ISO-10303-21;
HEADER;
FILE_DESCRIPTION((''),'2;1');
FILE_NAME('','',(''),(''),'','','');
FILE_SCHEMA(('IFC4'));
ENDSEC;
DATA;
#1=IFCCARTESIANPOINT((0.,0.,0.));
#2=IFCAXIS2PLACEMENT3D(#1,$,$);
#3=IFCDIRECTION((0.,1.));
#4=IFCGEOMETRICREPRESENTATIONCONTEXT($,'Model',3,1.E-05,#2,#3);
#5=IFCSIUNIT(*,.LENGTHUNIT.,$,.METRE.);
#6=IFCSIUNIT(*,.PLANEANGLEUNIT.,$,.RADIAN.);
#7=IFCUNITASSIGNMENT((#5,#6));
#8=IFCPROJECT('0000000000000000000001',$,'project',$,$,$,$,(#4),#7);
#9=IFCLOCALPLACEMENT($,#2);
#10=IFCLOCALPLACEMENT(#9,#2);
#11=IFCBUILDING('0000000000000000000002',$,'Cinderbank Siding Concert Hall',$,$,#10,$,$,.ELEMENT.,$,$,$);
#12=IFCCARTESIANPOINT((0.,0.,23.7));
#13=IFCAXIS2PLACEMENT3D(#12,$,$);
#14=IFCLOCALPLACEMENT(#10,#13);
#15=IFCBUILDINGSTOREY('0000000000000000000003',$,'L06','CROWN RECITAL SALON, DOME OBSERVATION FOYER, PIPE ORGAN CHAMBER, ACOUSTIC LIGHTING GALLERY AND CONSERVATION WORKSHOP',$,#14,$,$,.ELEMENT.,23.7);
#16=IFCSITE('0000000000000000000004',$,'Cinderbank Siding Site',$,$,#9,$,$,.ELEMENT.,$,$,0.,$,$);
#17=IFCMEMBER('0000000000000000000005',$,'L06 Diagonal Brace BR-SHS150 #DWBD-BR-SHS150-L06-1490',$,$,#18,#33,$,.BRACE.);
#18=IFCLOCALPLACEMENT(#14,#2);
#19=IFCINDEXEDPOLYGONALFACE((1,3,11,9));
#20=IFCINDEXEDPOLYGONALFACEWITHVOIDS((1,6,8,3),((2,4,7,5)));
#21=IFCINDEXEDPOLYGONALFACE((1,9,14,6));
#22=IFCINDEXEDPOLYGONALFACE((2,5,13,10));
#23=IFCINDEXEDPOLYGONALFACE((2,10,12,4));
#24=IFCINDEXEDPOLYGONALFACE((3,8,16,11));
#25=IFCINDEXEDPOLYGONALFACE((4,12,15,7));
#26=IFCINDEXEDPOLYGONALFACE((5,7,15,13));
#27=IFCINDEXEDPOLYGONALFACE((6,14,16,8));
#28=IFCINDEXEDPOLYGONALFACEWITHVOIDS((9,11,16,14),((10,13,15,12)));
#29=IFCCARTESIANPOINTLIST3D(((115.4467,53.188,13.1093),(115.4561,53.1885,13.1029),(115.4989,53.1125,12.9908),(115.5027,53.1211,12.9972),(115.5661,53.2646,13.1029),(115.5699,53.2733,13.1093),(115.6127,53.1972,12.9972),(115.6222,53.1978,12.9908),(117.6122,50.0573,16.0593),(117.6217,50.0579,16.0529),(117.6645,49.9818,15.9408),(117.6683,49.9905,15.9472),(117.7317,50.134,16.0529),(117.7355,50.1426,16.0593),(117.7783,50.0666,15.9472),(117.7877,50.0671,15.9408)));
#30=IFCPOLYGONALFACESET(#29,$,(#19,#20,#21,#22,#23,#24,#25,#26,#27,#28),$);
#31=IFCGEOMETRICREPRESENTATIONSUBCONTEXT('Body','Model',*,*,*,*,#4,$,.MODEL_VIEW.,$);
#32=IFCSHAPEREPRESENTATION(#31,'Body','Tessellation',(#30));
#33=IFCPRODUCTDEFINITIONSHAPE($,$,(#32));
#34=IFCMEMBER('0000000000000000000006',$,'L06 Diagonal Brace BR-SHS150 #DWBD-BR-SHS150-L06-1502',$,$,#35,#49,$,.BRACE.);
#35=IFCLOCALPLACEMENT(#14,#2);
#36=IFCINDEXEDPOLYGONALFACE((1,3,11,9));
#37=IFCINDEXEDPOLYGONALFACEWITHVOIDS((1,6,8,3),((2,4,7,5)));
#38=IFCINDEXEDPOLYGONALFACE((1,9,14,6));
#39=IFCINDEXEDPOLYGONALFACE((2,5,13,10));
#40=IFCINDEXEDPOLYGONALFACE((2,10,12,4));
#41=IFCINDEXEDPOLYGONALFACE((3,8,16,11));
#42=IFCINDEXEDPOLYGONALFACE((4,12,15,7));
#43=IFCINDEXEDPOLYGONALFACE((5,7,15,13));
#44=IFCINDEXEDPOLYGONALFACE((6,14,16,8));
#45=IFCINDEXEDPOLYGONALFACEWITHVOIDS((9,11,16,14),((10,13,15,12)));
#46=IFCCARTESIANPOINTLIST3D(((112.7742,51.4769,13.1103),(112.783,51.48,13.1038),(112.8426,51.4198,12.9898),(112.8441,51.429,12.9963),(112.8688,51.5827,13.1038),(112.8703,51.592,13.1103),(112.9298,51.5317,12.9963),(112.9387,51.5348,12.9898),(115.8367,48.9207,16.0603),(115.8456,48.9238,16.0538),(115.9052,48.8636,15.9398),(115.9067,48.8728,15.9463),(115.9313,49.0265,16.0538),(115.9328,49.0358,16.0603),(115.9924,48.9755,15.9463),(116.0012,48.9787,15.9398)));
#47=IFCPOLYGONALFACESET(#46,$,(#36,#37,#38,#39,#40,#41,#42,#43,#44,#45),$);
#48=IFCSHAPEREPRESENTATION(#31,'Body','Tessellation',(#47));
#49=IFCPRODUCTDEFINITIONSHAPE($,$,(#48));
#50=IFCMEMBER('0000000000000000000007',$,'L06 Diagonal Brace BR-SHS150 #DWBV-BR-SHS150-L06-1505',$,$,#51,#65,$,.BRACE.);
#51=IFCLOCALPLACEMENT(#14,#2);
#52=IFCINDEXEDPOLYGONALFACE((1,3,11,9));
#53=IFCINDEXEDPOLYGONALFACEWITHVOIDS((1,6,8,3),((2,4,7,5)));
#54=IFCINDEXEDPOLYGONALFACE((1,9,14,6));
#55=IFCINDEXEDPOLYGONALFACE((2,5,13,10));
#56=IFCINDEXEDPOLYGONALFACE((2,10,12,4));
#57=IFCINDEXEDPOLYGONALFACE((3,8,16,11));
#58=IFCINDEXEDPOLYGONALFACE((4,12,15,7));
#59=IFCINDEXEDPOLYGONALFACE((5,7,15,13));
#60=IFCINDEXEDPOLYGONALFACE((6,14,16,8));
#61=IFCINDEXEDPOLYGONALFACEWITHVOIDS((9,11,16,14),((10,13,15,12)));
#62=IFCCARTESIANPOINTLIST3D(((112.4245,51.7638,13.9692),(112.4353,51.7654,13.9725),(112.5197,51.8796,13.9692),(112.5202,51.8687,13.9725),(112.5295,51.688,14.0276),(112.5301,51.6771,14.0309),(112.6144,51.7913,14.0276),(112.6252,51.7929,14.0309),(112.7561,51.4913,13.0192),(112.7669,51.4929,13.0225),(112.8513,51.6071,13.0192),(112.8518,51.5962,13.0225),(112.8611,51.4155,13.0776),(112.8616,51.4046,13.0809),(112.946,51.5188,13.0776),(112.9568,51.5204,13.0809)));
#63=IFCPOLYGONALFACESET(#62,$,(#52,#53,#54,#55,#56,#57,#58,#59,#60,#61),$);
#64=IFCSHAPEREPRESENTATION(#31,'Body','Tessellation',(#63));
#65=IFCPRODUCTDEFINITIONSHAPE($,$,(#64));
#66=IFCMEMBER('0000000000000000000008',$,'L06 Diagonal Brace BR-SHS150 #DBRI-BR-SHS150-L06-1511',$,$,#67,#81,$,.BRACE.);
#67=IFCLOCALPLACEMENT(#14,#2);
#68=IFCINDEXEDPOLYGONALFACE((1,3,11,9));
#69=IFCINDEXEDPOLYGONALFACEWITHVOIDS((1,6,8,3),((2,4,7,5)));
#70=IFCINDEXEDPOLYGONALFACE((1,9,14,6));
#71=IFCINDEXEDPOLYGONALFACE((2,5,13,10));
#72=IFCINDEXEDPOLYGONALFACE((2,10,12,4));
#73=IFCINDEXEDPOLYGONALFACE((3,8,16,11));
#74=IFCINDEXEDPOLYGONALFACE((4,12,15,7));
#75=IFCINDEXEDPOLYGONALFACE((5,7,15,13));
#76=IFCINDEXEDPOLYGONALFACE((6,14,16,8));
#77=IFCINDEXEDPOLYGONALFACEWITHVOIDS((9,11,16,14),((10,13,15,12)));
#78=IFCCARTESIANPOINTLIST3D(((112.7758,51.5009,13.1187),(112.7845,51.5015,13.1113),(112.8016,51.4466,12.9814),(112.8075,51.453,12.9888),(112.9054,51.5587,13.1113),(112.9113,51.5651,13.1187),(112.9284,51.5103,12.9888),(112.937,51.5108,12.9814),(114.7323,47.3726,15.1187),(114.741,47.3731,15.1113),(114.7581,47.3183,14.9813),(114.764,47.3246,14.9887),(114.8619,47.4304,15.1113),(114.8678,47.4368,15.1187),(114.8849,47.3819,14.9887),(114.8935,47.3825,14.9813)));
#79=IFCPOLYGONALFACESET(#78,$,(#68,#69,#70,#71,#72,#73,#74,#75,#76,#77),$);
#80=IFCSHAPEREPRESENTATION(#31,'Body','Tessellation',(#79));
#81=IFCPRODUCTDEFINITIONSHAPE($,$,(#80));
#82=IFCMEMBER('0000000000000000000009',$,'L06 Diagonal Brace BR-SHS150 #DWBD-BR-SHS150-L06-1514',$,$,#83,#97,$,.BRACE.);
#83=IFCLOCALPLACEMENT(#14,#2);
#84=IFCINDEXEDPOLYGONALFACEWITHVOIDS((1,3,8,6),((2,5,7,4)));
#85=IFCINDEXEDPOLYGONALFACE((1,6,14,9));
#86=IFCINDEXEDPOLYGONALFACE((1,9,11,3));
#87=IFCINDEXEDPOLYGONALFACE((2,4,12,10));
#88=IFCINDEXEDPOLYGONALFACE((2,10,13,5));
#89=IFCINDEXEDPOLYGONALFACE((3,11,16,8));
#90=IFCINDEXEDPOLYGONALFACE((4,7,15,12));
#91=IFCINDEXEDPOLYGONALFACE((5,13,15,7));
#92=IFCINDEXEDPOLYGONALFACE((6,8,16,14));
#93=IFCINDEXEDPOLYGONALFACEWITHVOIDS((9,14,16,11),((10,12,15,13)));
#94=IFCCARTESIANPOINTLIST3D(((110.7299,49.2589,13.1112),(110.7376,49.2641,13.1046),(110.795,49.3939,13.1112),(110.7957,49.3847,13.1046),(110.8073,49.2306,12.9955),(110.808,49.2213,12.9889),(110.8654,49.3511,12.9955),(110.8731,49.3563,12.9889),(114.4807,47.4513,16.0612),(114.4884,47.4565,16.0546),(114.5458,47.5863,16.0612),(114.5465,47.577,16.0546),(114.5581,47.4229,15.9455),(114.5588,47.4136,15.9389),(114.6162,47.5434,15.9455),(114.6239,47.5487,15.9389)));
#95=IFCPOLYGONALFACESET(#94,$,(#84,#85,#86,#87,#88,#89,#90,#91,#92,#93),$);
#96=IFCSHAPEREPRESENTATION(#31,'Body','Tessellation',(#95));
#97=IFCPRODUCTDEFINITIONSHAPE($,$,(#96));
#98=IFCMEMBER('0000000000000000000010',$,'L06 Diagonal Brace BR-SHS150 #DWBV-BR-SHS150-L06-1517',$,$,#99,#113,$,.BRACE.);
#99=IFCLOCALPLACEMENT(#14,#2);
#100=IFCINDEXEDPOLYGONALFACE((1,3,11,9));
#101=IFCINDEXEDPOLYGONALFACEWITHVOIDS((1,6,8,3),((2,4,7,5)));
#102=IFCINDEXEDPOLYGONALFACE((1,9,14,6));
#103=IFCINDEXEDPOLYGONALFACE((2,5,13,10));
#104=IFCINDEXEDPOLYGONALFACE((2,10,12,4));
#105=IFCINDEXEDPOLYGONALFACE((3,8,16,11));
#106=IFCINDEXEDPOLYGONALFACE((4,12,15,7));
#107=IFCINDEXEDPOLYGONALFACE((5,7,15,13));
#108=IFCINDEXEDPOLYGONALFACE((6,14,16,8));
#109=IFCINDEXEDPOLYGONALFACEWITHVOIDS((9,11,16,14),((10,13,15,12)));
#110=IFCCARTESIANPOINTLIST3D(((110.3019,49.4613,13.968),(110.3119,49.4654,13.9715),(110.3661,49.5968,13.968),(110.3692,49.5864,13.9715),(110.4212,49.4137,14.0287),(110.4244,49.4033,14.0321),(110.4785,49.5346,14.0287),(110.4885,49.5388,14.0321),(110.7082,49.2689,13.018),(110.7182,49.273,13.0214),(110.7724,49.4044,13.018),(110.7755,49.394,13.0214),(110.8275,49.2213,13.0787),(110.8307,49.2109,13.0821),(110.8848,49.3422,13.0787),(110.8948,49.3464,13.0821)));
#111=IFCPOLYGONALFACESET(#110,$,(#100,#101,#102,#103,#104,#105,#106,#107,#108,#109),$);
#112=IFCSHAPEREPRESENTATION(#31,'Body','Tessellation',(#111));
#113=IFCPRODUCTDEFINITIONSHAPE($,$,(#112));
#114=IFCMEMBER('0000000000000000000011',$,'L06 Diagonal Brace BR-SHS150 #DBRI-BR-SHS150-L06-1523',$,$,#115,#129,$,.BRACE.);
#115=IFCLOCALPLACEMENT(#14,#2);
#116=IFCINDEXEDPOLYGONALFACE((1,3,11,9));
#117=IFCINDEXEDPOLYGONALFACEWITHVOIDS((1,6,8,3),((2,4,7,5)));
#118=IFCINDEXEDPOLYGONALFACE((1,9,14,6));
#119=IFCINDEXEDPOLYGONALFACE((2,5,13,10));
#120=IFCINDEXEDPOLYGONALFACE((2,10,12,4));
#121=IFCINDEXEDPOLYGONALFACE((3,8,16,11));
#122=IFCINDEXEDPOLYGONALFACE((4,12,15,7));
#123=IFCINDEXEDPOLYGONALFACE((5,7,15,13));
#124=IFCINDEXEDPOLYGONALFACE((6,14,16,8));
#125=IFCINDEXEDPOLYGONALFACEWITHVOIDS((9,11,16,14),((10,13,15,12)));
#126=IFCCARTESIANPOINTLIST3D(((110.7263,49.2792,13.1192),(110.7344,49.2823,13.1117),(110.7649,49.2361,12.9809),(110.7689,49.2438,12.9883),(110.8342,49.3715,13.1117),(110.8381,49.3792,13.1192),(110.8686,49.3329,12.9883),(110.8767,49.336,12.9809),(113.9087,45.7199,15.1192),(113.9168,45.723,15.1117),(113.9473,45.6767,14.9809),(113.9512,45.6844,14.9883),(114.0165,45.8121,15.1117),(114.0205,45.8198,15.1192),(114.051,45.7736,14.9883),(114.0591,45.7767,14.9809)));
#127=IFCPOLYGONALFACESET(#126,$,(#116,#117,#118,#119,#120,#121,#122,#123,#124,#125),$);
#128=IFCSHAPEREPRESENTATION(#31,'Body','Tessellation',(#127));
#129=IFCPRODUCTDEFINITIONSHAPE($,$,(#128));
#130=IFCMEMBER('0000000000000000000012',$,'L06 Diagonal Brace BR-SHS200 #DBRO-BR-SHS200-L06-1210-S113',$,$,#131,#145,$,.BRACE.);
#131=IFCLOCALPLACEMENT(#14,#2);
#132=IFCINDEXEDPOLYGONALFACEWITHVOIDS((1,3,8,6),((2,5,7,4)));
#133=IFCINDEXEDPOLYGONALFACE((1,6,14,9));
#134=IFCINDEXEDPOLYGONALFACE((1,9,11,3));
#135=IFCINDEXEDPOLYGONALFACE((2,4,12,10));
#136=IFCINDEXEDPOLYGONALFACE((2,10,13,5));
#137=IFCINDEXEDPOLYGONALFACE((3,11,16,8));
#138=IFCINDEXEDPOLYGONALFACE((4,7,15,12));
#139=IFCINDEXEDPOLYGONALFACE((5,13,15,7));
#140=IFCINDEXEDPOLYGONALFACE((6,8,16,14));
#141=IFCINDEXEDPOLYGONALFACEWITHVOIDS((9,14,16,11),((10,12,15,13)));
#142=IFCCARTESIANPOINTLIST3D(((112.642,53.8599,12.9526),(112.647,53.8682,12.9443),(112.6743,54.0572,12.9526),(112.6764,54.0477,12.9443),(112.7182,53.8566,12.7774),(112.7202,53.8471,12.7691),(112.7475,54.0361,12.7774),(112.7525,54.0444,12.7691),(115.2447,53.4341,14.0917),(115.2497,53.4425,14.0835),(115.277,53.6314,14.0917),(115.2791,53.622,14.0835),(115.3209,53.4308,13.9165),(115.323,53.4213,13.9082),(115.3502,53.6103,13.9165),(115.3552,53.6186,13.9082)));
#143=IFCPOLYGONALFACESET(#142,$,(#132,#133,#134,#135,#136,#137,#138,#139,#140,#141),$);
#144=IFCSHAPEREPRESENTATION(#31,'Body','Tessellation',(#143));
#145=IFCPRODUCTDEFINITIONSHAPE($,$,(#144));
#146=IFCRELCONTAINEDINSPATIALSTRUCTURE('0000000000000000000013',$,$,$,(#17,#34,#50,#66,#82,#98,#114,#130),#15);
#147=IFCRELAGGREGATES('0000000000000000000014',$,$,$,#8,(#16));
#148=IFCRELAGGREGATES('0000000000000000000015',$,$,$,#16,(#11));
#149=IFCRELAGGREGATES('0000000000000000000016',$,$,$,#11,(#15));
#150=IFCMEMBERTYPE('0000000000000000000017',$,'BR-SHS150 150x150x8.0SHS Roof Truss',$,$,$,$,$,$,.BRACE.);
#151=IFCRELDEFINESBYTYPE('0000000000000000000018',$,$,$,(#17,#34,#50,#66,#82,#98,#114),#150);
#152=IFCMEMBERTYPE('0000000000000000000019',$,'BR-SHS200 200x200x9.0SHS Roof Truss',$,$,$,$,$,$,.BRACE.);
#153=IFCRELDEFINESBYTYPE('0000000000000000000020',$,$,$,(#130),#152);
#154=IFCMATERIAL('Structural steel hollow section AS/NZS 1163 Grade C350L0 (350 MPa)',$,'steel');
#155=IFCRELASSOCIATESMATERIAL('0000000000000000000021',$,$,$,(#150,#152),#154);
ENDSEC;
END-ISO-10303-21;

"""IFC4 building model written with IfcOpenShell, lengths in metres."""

from ifc_helpers import new_model, si_unit, direction, frame, origin, origin_2d, place, context, subcontext, project, spatial, hollow_rectangle, extrude, material, material_profile, profile_set, type_object, element, save


model = new_model("IFC4")

# Units and contexts
model_context = context("Model", 3, precision=1e-05, world=origin(), true_north=direction((0.0, 1.0)))
body_context = subcontext(model_context, "Body", "Model", "MODEL_VIEW")
ifc_project = project(units=[si_unit("LENGTHUNIT", "METRE"), si_unit("PLANEANGLEUNIT", "RADIAN")], contexts=[model_context])

# Site, building, storey
site_placement = place(None, origin())
site = spatial("IfcSite", under=ifc_project, at=site_placement, Name="Cinderbank Siding Site", CompositionType="ELEMENT", RefElevation=0.0)
building_placement = place(site_placement, origin())
building = spatial("IfcBuilding", under=site, at=building_placement, Name="Cinderbank Siding Concert Hall", CompositionType="ELEMENT")
storey_placement = place(building_placement, frame((0.0, 0.0, 23.7)))
storey = spatial("IfcBuildingStorey", under=building, at=storey_placement, Name="L06", Description="CROWN RECITAL SALON, DOME OBSERVATION FOYER, PIPE ORGAN CHAMBER, ACOUSTIC LIGHTING GALLERY AND CONSERVATION WORKSHOP", CompositionType="ELEMENT", Elevation=23.7)

# Members
ifc_material_1 = material(Name="Structural steel hollow section AS/NZS 1163 Grade C350L0 (350 MPa)", Category="steel")
ifc_material_profile_1 = material_profile(ifc_material_1, hollow_rectangle(XDim=0.1499, YDim=0.1499, WallThickness=0.0081, at=origin_2d()), Name="150x150x8.0SHS", Category="LoadBearing")
ifc_profile_set_1 = profile_set([ifc_material_profile_1], Name="Structural steel hollow section AS/NZS 1163 Grade C350L0 (350 MPa)")
member_type_1 = type_object("IfcMemberType", Name="BR-SHS150 150x150x8.0SHS Roof Truss", PredefinedType="BRACE", material=ifc_profile_set_1)
member_1_placement = place(storey_placement, frame((115.5344, 53.1929, 13.05), z_axis=(0.449666, -0.650064, 0.61255), x_axis=(0.822416, 0.568886, 0.0)))
element("IfcMember", 1, at=member_1_placement, inside=storey, type_object=member_type_1, Name="L06 Diagonal Brace BR-SHS150 #DWBD-BR-SHS150-L06-1490", PredefinedType="BRACE", context=body_context, shape_type="SweptSolid", body=[
    extrude(hollow_rectangle(XDim=0.1499, YDim=0.1499, WallThickness=0.0081, at=origin_2d()), origin(), (0.0, 0.0, 1.0), 4.8159),
])
member_2_placement = place(storey_placement, frame((112.8564, 51.5059, 13.05), z_axis=(0.617271, -0.515213, 0.594586), x_axis=(0.640786, 0.767719, 0.0)))
element("IfcMember", 2, at=member_2_placement, inside=storey, type_object=member_type_1, Name="L06 Diagonal Brace BR-SHS150 #DWBD-BR-SHS150-L06-1502", PredefinedType="BRACE", context=body_context, shape_type="SweptSolid", body=[
    extrude(hollow_rectangle(XDim=0.1499, YDim=0.1499, WallThickness=0.0081, at=origin_2d()), origin(), (0.0, 0.0, 1.0), 4.9614),
])
member_3_placement = place(storey_placement, frame((112.8564, 51.5059, 13.05), z_axis=(-0.318062, 0.261383, 0.911326), x_axis=(-0.634909, -0.772587, 0.0)))
element("IfcMember", 3, at=member_3_placement, inside=storey, type_object=member_type_1, Name="L06 Diagonal Brace BR-SHS150 #DWBV-BR-SHS150-L06-1505", PredefinedType="BRACE", context=body_context, shape_type="SweptSolid", body=[
    extrude(hollow_rectangle(XDim=0.1499, YDim=0.1499, WallThickness=0.0081, at=origin_2d()), origin(), (0.0, 0.0, 1.0), 1.0425),
])
member_4_placement = place(storey_placement, frame((112.8564, 51.5059, 13.05), z_axis=(0.392315, -0.827807, 0.401029), x_axis=(0.903655, 0.428261, 0.0)))
element("IfcMember", 4, at=member_4_placement, inside=storey, type_object=member_type_1, Name="L06 Diagonal Brace BR-SHS150 #DBRI-BR-SHS150-L06-1511", PredefinedType="BRACE", context=body_context, shape_type="SweptSolid", body=[
    extrude(hollow_rectangle(XDim=0.1499, YDim=0.1499, WallThickness=0.0081, at=origin_2d()), origin(), (0.0, 0.0, 1.0), 4.9871),
])
member_5_placement = place(storey_placement, frame((110.8015, 49.3076, 13.05), z_axis=(0.735047, -0.354246, 0.578114), x_axis=(0.434149, 0.900841, 0.0)))
element("IfcMember", 5, at=member_5_placement, inside=storey, type_object=member_type_1, Name="L06 Diagonal Brace BR-SHS150 #DWBD-BR-SHS150-L06-1514", PredefinedType="BRACE", context=body_context, shape_type="SweptSolid", body=[
    extrude(hollow_rectangle(XDim=0.1499, YDim=0.1499, WallThickness=0.0081, at=origin_2d()), origin(), (0.0, 0.0, 1.0), 5.1028),
])
member_6_placement = place(storey_placement, frame((110.8015, 49.3076, 13.05), z_axis=(-0.386562, 0.183059, 0.903913), x_axis=(-0.427993, -0.903782, 0.0)))
element("IfcMember", 6, at=member_6_placement, inside=storey, type_object=member_type_1, Name="L06 Diagonal Brace BR-SHS150 #DWBV-BR-SHS150-L06-1517", PredefinedType="BRACE", context=body_context, shape_type="SweptSolid", body=[
    extrude(hollow_rectangle(XDim=0.1499, YDim=0.1499, WallThickness=0.0081, at=origin_2d()), origin(), (0.0, 0.0, 1.0), 1.051),
])
member_7_placement = place(storey_placement, frame((110.8015, 49.3076, 13.05), z_axis=(0.614771, -0.687591, 0.38636), x_axis=(0.745479, 0.666529, 0.0)))
element("IfcMember", 7, at=member_7_placement, inside=storey, type_object=member_type_1, Name="L06 Diagonal Brace BR-SHS150 #DBRI-BR-SHS150-L06-1523", PredefinedType="BRACE", context=body_context, shape_type="SweptSolid", body=[
    extrude(hollow_rectangle(XDim=0.1499, YDim=0.1499, WallThickness=0.0081, at=origin_2d()), origin(), (0.0, 0.0, 1.0), 5.1765),
])
ifc_material_profile_2 = material_profile(ifc_material_1, hollow_rectangle(XDim=0.2, YDim=0.2, WallThickness=0.009, at=origin_2d()), Name="200x200x9.0SHS", Category="LoadBearing")
ifc_profile_set_2 = profile_set([ifc_material_profile_2], Name="Structural steel hollow section AS/NZS 1163 Grade C350L0 (350 MPa)")
member_type_2 = type_object("IfcMemberType", Name="BR-SHS200 200x200x9.0SHS Roof Truss", PredefinedType="BRACE", material=ifc_profile_set_2)
member_8_placement = place(storey_placement, frame((112.6973, 53.9521, 12.8608), z_axis=(0.905983, -0.148207, 0.396522), x_axis=(0.161441, 0.986882, 0.0)))
element("IfcMember", 8, at=member_8_placement, inside=storey, type_object=member_type_2, Name="L06 Diagonal Brace BR-SHS200 #DBRO-BR-SHS200-L06-1210-S113", PredefinedType="BRACE", context=body_context, shape_type="SweptSolid", body=[
    extrude(hollow_rectangle(XDim=0.2, YDim=0.2, WallThickness=0.009, at=origin_2d()), origin(), (0.0, 0.0, 1.0), 2.8728),
])

save(model, "model.ifc")
